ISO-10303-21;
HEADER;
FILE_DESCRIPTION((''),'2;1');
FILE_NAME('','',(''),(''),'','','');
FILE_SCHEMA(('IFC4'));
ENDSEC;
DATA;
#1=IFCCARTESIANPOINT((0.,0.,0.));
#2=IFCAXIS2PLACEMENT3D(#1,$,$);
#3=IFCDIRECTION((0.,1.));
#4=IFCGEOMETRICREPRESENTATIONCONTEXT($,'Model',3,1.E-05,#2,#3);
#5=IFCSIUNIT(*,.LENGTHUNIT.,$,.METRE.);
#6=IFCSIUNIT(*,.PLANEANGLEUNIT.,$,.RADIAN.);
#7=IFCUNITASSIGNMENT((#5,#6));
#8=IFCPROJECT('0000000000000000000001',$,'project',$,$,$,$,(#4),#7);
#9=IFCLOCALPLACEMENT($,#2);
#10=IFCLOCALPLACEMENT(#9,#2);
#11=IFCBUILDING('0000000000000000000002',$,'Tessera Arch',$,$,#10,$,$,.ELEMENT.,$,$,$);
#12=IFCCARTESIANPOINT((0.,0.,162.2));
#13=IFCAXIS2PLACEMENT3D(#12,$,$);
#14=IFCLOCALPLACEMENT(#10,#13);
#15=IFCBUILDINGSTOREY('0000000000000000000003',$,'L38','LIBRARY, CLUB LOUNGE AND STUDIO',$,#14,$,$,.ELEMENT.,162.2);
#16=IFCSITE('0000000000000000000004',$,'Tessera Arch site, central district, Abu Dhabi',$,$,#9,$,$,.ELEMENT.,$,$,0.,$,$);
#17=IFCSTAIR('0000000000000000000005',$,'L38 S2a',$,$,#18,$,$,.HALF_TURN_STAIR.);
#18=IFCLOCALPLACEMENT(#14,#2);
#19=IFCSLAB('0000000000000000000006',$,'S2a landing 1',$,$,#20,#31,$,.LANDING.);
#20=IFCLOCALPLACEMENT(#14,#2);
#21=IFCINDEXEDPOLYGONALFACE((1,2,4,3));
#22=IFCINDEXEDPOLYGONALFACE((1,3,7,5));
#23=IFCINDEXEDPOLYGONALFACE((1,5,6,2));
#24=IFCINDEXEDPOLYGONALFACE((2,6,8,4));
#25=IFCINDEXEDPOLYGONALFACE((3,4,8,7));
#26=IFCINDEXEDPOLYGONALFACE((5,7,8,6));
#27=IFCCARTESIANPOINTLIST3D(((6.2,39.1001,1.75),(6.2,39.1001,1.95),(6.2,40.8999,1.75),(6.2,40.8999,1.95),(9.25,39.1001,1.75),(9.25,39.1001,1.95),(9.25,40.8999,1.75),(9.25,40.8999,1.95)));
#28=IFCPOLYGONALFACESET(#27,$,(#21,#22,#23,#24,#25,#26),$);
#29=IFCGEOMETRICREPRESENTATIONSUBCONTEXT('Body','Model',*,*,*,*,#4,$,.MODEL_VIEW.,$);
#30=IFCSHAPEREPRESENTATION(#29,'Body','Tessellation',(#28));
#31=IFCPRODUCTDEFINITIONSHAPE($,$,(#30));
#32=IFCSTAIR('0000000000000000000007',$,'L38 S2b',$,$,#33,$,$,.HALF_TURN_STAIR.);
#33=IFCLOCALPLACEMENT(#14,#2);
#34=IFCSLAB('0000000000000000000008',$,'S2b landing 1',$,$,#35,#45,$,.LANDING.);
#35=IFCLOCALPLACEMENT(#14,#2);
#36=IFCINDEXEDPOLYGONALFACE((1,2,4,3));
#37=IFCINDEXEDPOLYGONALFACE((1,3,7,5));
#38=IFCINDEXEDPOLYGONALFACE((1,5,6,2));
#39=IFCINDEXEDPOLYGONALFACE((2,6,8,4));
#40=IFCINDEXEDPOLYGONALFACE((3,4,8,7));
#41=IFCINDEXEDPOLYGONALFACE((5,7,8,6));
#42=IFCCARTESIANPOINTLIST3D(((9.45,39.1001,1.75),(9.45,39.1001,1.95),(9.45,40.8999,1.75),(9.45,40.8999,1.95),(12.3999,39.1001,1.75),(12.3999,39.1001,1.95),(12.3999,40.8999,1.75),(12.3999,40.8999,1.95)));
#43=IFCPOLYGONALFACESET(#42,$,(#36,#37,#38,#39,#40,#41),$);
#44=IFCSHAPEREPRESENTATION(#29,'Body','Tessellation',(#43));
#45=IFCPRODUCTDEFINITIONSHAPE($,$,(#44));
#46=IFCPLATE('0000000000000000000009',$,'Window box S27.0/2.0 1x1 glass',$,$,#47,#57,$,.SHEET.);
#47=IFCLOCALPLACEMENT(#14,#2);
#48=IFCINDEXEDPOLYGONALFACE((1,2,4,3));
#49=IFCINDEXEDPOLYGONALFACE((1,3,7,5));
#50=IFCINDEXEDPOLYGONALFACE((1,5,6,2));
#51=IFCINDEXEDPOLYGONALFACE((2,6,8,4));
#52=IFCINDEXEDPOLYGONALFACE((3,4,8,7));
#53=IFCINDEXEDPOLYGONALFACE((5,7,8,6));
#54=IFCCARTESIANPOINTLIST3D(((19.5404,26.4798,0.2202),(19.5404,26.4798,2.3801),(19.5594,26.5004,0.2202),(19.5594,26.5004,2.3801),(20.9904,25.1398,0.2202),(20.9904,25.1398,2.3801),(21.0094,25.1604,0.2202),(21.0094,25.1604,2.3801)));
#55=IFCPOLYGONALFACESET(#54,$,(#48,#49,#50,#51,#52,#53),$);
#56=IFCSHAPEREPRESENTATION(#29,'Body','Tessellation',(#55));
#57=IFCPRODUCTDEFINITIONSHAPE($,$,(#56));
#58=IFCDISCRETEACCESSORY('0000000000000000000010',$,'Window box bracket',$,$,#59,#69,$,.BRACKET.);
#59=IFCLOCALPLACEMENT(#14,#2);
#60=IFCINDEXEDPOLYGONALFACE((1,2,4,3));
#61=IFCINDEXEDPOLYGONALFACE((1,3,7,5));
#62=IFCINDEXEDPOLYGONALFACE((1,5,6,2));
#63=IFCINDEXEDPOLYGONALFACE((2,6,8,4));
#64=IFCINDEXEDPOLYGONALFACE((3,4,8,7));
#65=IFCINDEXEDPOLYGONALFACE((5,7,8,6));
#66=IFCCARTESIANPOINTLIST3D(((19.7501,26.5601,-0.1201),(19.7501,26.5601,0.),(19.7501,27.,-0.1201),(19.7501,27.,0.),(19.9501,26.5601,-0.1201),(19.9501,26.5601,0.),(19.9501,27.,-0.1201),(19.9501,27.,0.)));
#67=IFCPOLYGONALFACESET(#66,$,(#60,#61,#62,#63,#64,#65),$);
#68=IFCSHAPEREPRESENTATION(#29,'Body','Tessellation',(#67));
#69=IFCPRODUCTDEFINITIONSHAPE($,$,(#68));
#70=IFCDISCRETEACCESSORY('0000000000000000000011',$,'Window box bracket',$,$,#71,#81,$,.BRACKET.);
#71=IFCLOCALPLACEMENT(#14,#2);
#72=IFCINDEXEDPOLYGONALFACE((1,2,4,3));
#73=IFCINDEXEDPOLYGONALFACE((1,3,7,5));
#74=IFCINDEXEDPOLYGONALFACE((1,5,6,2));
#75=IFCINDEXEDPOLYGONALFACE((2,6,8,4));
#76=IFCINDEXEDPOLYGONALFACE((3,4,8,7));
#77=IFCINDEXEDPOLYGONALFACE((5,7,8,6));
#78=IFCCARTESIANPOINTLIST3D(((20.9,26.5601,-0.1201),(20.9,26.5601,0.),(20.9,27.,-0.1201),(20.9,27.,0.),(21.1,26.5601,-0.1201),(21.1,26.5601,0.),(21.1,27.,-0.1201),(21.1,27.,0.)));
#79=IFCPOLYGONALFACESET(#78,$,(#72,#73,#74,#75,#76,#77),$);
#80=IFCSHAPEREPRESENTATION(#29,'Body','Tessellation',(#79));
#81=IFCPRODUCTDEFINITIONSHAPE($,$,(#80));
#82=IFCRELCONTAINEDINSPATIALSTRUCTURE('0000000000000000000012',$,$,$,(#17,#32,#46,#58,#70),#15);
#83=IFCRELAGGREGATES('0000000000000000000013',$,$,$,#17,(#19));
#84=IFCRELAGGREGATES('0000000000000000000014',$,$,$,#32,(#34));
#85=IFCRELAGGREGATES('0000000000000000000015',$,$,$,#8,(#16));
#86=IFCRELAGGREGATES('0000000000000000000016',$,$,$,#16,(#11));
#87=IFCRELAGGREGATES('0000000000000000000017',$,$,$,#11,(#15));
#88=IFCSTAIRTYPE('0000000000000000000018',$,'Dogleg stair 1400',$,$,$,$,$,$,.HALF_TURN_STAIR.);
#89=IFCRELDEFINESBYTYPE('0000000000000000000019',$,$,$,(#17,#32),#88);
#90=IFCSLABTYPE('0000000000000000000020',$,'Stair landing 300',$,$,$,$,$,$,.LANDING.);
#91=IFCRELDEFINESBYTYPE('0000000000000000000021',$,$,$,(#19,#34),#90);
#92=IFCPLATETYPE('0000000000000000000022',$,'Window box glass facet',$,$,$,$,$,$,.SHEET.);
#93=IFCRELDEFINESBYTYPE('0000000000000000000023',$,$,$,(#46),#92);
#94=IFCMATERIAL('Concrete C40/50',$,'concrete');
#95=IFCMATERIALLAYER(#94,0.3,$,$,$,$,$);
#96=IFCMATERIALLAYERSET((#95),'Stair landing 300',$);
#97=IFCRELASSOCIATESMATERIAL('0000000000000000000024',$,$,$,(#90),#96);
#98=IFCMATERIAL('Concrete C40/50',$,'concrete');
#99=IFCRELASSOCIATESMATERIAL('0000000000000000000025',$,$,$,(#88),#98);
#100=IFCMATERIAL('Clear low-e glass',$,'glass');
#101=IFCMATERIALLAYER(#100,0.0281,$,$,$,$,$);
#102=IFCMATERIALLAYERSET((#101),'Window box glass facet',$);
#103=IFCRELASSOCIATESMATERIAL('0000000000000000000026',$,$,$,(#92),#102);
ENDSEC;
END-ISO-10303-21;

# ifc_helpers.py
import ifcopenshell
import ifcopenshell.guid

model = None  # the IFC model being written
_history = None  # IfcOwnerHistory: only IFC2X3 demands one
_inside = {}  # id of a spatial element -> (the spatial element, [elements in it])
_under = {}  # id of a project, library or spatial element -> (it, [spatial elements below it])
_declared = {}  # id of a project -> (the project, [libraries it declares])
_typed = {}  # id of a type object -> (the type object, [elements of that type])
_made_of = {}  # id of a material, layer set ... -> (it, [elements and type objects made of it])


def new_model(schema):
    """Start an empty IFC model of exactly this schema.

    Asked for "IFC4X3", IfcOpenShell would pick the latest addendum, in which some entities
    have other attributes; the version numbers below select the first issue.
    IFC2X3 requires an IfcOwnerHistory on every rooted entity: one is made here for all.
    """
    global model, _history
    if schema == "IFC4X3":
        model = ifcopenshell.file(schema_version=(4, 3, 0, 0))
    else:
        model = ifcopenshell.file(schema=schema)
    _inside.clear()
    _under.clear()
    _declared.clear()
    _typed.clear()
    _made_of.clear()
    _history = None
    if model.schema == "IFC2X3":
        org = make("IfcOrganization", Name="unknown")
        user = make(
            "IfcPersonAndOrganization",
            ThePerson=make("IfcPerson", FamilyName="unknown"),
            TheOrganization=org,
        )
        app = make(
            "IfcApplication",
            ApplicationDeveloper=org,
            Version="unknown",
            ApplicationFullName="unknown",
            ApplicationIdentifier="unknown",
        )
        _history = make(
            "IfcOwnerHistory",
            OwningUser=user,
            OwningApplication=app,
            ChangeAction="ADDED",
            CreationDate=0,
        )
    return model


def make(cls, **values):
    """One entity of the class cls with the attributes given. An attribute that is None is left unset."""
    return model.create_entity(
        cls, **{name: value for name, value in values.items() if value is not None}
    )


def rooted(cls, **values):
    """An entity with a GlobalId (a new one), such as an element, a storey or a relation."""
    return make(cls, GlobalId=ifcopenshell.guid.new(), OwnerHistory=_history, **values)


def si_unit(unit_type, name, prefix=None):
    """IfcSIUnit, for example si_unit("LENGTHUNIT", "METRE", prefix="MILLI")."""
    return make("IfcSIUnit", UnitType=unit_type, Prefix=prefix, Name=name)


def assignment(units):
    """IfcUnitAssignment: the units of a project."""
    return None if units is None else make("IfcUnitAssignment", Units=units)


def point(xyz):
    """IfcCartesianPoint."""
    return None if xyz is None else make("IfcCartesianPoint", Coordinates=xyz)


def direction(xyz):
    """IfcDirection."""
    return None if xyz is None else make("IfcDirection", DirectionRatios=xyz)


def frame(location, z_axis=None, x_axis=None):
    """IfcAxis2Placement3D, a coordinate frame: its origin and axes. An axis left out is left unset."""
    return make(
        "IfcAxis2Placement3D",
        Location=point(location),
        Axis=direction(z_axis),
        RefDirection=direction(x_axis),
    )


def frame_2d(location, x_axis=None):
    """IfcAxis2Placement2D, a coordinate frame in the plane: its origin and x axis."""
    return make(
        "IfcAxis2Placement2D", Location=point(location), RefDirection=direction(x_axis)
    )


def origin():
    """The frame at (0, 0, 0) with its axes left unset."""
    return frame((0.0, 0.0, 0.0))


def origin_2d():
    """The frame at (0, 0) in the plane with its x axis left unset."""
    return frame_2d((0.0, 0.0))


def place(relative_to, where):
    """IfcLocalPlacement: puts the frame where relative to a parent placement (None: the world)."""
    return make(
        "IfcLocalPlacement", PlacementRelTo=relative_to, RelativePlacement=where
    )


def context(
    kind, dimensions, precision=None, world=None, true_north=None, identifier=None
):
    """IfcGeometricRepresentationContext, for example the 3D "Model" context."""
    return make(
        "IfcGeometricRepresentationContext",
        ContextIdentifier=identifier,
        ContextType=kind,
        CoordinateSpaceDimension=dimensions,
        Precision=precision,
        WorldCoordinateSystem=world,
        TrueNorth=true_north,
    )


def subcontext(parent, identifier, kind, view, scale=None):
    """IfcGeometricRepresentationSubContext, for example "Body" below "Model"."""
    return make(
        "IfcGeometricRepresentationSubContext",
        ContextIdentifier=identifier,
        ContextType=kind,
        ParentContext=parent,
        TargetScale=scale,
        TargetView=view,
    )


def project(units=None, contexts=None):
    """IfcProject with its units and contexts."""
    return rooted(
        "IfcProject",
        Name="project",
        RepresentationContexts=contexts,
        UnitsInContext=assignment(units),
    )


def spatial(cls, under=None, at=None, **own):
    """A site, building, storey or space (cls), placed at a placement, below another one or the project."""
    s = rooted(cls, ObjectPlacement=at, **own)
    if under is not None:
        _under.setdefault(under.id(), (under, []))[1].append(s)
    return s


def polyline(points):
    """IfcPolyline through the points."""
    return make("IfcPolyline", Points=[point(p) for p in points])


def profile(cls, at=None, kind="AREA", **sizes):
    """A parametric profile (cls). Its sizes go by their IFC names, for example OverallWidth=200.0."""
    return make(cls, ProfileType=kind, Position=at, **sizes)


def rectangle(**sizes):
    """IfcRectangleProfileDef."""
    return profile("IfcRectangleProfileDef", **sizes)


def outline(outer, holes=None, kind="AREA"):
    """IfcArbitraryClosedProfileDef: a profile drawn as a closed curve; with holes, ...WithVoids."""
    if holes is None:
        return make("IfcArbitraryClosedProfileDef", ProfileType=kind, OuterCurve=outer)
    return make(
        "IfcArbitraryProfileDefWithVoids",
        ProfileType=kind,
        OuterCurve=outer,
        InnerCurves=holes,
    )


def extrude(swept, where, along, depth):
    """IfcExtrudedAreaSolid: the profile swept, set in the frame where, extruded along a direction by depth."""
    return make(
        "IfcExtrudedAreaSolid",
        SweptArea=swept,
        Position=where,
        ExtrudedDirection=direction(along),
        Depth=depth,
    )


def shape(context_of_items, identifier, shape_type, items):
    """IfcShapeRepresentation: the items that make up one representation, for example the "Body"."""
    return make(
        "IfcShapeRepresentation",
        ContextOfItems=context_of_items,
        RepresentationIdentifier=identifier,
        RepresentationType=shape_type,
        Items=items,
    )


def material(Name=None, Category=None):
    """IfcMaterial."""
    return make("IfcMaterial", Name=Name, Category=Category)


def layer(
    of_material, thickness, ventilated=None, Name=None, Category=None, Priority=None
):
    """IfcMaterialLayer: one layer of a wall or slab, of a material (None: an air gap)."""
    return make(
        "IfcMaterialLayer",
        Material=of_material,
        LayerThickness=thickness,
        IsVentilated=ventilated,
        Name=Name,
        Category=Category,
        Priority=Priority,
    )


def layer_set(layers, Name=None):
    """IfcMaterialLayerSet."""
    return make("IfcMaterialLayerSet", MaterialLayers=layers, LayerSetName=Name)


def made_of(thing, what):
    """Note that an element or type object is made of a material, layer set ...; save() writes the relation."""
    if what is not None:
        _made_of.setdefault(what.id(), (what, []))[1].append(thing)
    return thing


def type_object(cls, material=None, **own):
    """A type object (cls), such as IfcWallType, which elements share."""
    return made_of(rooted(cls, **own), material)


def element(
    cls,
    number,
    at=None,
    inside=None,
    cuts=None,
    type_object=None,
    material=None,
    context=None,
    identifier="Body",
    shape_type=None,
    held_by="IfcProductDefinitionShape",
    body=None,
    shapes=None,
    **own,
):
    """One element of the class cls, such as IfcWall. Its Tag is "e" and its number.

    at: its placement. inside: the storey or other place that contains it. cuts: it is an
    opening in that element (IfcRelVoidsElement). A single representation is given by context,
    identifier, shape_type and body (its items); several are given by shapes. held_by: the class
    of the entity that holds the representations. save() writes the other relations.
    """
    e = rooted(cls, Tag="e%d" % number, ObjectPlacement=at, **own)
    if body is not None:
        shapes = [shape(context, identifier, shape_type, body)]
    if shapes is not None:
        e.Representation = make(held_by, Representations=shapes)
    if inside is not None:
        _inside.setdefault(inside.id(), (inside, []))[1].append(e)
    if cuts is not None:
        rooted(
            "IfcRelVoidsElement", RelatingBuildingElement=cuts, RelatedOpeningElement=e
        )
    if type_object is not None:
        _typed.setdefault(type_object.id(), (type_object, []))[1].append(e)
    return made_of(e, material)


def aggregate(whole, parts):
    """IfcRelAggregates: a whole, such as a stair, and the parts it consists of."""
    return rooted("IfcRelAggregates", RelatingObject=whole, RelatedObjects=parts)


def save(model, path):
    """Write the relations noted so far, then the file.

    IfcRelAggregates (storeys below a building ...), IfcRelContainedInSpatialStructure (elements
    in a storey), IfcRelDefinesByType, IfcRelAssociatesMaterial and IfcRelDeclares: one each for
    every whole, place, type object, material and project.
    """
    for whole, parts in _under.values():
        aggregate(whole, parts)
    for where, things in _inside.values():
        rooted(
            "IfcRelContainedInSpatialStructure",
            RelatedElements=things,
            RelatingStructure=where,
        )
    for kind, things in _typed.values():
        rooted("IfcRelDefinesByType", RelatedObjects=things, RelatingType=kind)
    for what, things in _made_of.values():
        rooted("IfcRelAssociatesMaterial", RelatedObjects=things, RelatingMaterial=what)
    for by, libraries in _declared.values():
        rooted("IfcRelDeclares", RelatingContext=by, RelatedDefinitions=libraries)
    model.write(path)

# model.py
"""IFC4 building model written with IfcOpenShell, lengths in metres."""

from ifc_helpers import new_model, si_unit, direction, frame, origin, origin_2d, place, context, subcontext, project, spatial, polyline, rectangle, outline, extrude, material, layer, layer_set, type_object, element, aggregate, save


model = new_model("IFC4")

# Units and contexts
model_context = context("Model", 3, precision=1e-05, world=origin(), true_north=direction((0.0, 1.0)))
body_context = subcontext(model_context, "Body", "Model", "MODEL_VIEW")
ifc_project = project(units=[si_unit("LENGTHUNIT", "METRE"), si_unit("PLANEANGLEUNIT", "RADIAN")], contexts=[model_context])

# Site, building, storey
site_placement = place(None, origin())
site = spatial("IfcSite", under=ifc_project, at=site_placement, Name="Tessera Arch site, central district, Abu Dhabi", CompositionType="ELEMENT", RefElevation=0.0)
building_placement = place(site_placement, origin())
building = spatial("IfcBuilding", under=site, at=building_placement, Name="Tessera Arch", CompositionType="ELEMENT")
storey_placement = place(building_placement, frame((0.0, 0.0, 162.2)))
storey = spatial("IfcBuildingStorey", under=building, at=storey_placement, Name="L38", Description="LIBRARY, CLUB LOUNGE AND STUDIO", CompositionType="ELEMENT", Elevation=162.2)

# Stairs, slabs
ifc_material_1 = material(Name="Concrete C40/50", Category="concrete")
ifc_layer_1 = layer(ifc_material_1, 0.3)
ifc_layer_set_1 = layer_set([ifc_layer_1], Name="Stair landing 300")
slab_type = type_object("IfcSlabType", Name="Stair landing 300", PredefinedType="LANDING", material=ifc_layer_set_1)
ifc_material_2 = material(Name="Concrete C40/50", Category="concrete")
stair_type_1 = type_object("IfcStairType", Name="Dogleg stair 1400", PredefinedType="HALF_TURN_STAIR", material=ifc_material_2)
stair_1_placement = place(storey_placement, origin())
stair_1 = element("IfcStair", 1, at=stair_1_placement, inside=storey, type_object=stair_type_1, Name="L38 S2a", PredefinedType="HALF_TURN_STAIR")
slab_1_placement = place(storey_placement, frame((0.0, 0.0, 1.75)))
slab_1 = element("IfcSlab", 2, at=slab_1_placement, type_object=slab_type, Name="S2a landing 1", PredefinedType="LANDING", context=body_context, shape_type="SweptSolid", body=[
    extrude(outline(polyline([(6.2, 40.8999), (6.2, 39.1001), (9.25, 39.1001), (9.25, 40.8999), (6.2, 40.8999)])), origin(), (0.0, 0.0, 1.0), 0.2),
])
aggregate(stair_1, [slab_1])
stair_2_placement = place(storey_placement, origin())
stair_2 = element("IfcStair", 3, at=stair_2_placement, inside=storey, type_object=stair_type_1, Name="L38 S2b", PredefinedType="HALF_TURN_STAIR")
slab_2_placement = place(storey_placement, frame((0.0, 0.0, 1.75)))
slab_2 = element("IfcSlab", 4, at=slab_2_placement, type_object=slab_type, Name="S2b landing 1", PredefinedType="LANDING", context=body_context, shape_type="SweptSolid", body=[
    extrude(outline(polyline([(9.45, 40.8999), (9.45, 39.1001), (12.3999, 39.1001), (12.3999, 40.8999), (9.45, 40.8999)])), origin(), (0.0, 0.0, 1.0), 0.2),
])
aggregate(stair_2, [slab_2])

# Plate
ifc_material_3 = material(Name="Clear low-e glass", Category="glass")
ifc_layer_2 = layer(ifc_material_3, 0.0281)
ifc_layer_set_2 = layer_set([ifc_layer_2], Name="Window box glass facet")
plate_type_1 = type_object("IfcPlateType", Name="Window box glass facet", PredefinedType="SHEET", material=ifc_layer_set_2)
plate_1_placement = place(storey_placement, frame((20.2749, 25.8201, 0.2202), z_axis=(0.0, 0.0, 1.0), x_axis=(0.734415, -0.678701, 0.0)))
element("IfcPlate", 5, at=plate_1_placement, inside=storey, type_object=plate_type_1, Name="Window box S27.0/2.0 1x1 glass", PredefinedType="SHEET", context=body_context, shape_type="SweptSolid", body=[
    extrude(rectangle(XDim=1.9744, YDim=0.0281, at=origin_2d()), origin(), (0.0, 0.0, 1.0), 2.1599),
])

# Discrete accessories
for number, where, z_axis, x_axis, name in (
    (6, (19.8501, 26.78, -0.1201), (0.0, 0.0, 1.0), (0.0, -1.0, 0.0), "Window box bracket"),
    (7, (21.0, 26.78, -0.1201), (0.0, 0.0, 1.0), (0.0, -1.0, 0.0), "Window box bracket"),
):
    element("IfcDiscreteAccessory", number, at=place(storey_placement, frame(where, z_axis=z_axis, x_axis=x_axis)), inside=storey, Name=name, PredefinedType="BRACKET", context=body_context, shape_type="SweptSolid", body=[
        extrude(rectangle(XDim=0.4399, YDim=0.2, at=origin_2d()), origin(), (0.0, 0.0, 1.0), 0.1201),
    ])

save(model, "model.ifc")
